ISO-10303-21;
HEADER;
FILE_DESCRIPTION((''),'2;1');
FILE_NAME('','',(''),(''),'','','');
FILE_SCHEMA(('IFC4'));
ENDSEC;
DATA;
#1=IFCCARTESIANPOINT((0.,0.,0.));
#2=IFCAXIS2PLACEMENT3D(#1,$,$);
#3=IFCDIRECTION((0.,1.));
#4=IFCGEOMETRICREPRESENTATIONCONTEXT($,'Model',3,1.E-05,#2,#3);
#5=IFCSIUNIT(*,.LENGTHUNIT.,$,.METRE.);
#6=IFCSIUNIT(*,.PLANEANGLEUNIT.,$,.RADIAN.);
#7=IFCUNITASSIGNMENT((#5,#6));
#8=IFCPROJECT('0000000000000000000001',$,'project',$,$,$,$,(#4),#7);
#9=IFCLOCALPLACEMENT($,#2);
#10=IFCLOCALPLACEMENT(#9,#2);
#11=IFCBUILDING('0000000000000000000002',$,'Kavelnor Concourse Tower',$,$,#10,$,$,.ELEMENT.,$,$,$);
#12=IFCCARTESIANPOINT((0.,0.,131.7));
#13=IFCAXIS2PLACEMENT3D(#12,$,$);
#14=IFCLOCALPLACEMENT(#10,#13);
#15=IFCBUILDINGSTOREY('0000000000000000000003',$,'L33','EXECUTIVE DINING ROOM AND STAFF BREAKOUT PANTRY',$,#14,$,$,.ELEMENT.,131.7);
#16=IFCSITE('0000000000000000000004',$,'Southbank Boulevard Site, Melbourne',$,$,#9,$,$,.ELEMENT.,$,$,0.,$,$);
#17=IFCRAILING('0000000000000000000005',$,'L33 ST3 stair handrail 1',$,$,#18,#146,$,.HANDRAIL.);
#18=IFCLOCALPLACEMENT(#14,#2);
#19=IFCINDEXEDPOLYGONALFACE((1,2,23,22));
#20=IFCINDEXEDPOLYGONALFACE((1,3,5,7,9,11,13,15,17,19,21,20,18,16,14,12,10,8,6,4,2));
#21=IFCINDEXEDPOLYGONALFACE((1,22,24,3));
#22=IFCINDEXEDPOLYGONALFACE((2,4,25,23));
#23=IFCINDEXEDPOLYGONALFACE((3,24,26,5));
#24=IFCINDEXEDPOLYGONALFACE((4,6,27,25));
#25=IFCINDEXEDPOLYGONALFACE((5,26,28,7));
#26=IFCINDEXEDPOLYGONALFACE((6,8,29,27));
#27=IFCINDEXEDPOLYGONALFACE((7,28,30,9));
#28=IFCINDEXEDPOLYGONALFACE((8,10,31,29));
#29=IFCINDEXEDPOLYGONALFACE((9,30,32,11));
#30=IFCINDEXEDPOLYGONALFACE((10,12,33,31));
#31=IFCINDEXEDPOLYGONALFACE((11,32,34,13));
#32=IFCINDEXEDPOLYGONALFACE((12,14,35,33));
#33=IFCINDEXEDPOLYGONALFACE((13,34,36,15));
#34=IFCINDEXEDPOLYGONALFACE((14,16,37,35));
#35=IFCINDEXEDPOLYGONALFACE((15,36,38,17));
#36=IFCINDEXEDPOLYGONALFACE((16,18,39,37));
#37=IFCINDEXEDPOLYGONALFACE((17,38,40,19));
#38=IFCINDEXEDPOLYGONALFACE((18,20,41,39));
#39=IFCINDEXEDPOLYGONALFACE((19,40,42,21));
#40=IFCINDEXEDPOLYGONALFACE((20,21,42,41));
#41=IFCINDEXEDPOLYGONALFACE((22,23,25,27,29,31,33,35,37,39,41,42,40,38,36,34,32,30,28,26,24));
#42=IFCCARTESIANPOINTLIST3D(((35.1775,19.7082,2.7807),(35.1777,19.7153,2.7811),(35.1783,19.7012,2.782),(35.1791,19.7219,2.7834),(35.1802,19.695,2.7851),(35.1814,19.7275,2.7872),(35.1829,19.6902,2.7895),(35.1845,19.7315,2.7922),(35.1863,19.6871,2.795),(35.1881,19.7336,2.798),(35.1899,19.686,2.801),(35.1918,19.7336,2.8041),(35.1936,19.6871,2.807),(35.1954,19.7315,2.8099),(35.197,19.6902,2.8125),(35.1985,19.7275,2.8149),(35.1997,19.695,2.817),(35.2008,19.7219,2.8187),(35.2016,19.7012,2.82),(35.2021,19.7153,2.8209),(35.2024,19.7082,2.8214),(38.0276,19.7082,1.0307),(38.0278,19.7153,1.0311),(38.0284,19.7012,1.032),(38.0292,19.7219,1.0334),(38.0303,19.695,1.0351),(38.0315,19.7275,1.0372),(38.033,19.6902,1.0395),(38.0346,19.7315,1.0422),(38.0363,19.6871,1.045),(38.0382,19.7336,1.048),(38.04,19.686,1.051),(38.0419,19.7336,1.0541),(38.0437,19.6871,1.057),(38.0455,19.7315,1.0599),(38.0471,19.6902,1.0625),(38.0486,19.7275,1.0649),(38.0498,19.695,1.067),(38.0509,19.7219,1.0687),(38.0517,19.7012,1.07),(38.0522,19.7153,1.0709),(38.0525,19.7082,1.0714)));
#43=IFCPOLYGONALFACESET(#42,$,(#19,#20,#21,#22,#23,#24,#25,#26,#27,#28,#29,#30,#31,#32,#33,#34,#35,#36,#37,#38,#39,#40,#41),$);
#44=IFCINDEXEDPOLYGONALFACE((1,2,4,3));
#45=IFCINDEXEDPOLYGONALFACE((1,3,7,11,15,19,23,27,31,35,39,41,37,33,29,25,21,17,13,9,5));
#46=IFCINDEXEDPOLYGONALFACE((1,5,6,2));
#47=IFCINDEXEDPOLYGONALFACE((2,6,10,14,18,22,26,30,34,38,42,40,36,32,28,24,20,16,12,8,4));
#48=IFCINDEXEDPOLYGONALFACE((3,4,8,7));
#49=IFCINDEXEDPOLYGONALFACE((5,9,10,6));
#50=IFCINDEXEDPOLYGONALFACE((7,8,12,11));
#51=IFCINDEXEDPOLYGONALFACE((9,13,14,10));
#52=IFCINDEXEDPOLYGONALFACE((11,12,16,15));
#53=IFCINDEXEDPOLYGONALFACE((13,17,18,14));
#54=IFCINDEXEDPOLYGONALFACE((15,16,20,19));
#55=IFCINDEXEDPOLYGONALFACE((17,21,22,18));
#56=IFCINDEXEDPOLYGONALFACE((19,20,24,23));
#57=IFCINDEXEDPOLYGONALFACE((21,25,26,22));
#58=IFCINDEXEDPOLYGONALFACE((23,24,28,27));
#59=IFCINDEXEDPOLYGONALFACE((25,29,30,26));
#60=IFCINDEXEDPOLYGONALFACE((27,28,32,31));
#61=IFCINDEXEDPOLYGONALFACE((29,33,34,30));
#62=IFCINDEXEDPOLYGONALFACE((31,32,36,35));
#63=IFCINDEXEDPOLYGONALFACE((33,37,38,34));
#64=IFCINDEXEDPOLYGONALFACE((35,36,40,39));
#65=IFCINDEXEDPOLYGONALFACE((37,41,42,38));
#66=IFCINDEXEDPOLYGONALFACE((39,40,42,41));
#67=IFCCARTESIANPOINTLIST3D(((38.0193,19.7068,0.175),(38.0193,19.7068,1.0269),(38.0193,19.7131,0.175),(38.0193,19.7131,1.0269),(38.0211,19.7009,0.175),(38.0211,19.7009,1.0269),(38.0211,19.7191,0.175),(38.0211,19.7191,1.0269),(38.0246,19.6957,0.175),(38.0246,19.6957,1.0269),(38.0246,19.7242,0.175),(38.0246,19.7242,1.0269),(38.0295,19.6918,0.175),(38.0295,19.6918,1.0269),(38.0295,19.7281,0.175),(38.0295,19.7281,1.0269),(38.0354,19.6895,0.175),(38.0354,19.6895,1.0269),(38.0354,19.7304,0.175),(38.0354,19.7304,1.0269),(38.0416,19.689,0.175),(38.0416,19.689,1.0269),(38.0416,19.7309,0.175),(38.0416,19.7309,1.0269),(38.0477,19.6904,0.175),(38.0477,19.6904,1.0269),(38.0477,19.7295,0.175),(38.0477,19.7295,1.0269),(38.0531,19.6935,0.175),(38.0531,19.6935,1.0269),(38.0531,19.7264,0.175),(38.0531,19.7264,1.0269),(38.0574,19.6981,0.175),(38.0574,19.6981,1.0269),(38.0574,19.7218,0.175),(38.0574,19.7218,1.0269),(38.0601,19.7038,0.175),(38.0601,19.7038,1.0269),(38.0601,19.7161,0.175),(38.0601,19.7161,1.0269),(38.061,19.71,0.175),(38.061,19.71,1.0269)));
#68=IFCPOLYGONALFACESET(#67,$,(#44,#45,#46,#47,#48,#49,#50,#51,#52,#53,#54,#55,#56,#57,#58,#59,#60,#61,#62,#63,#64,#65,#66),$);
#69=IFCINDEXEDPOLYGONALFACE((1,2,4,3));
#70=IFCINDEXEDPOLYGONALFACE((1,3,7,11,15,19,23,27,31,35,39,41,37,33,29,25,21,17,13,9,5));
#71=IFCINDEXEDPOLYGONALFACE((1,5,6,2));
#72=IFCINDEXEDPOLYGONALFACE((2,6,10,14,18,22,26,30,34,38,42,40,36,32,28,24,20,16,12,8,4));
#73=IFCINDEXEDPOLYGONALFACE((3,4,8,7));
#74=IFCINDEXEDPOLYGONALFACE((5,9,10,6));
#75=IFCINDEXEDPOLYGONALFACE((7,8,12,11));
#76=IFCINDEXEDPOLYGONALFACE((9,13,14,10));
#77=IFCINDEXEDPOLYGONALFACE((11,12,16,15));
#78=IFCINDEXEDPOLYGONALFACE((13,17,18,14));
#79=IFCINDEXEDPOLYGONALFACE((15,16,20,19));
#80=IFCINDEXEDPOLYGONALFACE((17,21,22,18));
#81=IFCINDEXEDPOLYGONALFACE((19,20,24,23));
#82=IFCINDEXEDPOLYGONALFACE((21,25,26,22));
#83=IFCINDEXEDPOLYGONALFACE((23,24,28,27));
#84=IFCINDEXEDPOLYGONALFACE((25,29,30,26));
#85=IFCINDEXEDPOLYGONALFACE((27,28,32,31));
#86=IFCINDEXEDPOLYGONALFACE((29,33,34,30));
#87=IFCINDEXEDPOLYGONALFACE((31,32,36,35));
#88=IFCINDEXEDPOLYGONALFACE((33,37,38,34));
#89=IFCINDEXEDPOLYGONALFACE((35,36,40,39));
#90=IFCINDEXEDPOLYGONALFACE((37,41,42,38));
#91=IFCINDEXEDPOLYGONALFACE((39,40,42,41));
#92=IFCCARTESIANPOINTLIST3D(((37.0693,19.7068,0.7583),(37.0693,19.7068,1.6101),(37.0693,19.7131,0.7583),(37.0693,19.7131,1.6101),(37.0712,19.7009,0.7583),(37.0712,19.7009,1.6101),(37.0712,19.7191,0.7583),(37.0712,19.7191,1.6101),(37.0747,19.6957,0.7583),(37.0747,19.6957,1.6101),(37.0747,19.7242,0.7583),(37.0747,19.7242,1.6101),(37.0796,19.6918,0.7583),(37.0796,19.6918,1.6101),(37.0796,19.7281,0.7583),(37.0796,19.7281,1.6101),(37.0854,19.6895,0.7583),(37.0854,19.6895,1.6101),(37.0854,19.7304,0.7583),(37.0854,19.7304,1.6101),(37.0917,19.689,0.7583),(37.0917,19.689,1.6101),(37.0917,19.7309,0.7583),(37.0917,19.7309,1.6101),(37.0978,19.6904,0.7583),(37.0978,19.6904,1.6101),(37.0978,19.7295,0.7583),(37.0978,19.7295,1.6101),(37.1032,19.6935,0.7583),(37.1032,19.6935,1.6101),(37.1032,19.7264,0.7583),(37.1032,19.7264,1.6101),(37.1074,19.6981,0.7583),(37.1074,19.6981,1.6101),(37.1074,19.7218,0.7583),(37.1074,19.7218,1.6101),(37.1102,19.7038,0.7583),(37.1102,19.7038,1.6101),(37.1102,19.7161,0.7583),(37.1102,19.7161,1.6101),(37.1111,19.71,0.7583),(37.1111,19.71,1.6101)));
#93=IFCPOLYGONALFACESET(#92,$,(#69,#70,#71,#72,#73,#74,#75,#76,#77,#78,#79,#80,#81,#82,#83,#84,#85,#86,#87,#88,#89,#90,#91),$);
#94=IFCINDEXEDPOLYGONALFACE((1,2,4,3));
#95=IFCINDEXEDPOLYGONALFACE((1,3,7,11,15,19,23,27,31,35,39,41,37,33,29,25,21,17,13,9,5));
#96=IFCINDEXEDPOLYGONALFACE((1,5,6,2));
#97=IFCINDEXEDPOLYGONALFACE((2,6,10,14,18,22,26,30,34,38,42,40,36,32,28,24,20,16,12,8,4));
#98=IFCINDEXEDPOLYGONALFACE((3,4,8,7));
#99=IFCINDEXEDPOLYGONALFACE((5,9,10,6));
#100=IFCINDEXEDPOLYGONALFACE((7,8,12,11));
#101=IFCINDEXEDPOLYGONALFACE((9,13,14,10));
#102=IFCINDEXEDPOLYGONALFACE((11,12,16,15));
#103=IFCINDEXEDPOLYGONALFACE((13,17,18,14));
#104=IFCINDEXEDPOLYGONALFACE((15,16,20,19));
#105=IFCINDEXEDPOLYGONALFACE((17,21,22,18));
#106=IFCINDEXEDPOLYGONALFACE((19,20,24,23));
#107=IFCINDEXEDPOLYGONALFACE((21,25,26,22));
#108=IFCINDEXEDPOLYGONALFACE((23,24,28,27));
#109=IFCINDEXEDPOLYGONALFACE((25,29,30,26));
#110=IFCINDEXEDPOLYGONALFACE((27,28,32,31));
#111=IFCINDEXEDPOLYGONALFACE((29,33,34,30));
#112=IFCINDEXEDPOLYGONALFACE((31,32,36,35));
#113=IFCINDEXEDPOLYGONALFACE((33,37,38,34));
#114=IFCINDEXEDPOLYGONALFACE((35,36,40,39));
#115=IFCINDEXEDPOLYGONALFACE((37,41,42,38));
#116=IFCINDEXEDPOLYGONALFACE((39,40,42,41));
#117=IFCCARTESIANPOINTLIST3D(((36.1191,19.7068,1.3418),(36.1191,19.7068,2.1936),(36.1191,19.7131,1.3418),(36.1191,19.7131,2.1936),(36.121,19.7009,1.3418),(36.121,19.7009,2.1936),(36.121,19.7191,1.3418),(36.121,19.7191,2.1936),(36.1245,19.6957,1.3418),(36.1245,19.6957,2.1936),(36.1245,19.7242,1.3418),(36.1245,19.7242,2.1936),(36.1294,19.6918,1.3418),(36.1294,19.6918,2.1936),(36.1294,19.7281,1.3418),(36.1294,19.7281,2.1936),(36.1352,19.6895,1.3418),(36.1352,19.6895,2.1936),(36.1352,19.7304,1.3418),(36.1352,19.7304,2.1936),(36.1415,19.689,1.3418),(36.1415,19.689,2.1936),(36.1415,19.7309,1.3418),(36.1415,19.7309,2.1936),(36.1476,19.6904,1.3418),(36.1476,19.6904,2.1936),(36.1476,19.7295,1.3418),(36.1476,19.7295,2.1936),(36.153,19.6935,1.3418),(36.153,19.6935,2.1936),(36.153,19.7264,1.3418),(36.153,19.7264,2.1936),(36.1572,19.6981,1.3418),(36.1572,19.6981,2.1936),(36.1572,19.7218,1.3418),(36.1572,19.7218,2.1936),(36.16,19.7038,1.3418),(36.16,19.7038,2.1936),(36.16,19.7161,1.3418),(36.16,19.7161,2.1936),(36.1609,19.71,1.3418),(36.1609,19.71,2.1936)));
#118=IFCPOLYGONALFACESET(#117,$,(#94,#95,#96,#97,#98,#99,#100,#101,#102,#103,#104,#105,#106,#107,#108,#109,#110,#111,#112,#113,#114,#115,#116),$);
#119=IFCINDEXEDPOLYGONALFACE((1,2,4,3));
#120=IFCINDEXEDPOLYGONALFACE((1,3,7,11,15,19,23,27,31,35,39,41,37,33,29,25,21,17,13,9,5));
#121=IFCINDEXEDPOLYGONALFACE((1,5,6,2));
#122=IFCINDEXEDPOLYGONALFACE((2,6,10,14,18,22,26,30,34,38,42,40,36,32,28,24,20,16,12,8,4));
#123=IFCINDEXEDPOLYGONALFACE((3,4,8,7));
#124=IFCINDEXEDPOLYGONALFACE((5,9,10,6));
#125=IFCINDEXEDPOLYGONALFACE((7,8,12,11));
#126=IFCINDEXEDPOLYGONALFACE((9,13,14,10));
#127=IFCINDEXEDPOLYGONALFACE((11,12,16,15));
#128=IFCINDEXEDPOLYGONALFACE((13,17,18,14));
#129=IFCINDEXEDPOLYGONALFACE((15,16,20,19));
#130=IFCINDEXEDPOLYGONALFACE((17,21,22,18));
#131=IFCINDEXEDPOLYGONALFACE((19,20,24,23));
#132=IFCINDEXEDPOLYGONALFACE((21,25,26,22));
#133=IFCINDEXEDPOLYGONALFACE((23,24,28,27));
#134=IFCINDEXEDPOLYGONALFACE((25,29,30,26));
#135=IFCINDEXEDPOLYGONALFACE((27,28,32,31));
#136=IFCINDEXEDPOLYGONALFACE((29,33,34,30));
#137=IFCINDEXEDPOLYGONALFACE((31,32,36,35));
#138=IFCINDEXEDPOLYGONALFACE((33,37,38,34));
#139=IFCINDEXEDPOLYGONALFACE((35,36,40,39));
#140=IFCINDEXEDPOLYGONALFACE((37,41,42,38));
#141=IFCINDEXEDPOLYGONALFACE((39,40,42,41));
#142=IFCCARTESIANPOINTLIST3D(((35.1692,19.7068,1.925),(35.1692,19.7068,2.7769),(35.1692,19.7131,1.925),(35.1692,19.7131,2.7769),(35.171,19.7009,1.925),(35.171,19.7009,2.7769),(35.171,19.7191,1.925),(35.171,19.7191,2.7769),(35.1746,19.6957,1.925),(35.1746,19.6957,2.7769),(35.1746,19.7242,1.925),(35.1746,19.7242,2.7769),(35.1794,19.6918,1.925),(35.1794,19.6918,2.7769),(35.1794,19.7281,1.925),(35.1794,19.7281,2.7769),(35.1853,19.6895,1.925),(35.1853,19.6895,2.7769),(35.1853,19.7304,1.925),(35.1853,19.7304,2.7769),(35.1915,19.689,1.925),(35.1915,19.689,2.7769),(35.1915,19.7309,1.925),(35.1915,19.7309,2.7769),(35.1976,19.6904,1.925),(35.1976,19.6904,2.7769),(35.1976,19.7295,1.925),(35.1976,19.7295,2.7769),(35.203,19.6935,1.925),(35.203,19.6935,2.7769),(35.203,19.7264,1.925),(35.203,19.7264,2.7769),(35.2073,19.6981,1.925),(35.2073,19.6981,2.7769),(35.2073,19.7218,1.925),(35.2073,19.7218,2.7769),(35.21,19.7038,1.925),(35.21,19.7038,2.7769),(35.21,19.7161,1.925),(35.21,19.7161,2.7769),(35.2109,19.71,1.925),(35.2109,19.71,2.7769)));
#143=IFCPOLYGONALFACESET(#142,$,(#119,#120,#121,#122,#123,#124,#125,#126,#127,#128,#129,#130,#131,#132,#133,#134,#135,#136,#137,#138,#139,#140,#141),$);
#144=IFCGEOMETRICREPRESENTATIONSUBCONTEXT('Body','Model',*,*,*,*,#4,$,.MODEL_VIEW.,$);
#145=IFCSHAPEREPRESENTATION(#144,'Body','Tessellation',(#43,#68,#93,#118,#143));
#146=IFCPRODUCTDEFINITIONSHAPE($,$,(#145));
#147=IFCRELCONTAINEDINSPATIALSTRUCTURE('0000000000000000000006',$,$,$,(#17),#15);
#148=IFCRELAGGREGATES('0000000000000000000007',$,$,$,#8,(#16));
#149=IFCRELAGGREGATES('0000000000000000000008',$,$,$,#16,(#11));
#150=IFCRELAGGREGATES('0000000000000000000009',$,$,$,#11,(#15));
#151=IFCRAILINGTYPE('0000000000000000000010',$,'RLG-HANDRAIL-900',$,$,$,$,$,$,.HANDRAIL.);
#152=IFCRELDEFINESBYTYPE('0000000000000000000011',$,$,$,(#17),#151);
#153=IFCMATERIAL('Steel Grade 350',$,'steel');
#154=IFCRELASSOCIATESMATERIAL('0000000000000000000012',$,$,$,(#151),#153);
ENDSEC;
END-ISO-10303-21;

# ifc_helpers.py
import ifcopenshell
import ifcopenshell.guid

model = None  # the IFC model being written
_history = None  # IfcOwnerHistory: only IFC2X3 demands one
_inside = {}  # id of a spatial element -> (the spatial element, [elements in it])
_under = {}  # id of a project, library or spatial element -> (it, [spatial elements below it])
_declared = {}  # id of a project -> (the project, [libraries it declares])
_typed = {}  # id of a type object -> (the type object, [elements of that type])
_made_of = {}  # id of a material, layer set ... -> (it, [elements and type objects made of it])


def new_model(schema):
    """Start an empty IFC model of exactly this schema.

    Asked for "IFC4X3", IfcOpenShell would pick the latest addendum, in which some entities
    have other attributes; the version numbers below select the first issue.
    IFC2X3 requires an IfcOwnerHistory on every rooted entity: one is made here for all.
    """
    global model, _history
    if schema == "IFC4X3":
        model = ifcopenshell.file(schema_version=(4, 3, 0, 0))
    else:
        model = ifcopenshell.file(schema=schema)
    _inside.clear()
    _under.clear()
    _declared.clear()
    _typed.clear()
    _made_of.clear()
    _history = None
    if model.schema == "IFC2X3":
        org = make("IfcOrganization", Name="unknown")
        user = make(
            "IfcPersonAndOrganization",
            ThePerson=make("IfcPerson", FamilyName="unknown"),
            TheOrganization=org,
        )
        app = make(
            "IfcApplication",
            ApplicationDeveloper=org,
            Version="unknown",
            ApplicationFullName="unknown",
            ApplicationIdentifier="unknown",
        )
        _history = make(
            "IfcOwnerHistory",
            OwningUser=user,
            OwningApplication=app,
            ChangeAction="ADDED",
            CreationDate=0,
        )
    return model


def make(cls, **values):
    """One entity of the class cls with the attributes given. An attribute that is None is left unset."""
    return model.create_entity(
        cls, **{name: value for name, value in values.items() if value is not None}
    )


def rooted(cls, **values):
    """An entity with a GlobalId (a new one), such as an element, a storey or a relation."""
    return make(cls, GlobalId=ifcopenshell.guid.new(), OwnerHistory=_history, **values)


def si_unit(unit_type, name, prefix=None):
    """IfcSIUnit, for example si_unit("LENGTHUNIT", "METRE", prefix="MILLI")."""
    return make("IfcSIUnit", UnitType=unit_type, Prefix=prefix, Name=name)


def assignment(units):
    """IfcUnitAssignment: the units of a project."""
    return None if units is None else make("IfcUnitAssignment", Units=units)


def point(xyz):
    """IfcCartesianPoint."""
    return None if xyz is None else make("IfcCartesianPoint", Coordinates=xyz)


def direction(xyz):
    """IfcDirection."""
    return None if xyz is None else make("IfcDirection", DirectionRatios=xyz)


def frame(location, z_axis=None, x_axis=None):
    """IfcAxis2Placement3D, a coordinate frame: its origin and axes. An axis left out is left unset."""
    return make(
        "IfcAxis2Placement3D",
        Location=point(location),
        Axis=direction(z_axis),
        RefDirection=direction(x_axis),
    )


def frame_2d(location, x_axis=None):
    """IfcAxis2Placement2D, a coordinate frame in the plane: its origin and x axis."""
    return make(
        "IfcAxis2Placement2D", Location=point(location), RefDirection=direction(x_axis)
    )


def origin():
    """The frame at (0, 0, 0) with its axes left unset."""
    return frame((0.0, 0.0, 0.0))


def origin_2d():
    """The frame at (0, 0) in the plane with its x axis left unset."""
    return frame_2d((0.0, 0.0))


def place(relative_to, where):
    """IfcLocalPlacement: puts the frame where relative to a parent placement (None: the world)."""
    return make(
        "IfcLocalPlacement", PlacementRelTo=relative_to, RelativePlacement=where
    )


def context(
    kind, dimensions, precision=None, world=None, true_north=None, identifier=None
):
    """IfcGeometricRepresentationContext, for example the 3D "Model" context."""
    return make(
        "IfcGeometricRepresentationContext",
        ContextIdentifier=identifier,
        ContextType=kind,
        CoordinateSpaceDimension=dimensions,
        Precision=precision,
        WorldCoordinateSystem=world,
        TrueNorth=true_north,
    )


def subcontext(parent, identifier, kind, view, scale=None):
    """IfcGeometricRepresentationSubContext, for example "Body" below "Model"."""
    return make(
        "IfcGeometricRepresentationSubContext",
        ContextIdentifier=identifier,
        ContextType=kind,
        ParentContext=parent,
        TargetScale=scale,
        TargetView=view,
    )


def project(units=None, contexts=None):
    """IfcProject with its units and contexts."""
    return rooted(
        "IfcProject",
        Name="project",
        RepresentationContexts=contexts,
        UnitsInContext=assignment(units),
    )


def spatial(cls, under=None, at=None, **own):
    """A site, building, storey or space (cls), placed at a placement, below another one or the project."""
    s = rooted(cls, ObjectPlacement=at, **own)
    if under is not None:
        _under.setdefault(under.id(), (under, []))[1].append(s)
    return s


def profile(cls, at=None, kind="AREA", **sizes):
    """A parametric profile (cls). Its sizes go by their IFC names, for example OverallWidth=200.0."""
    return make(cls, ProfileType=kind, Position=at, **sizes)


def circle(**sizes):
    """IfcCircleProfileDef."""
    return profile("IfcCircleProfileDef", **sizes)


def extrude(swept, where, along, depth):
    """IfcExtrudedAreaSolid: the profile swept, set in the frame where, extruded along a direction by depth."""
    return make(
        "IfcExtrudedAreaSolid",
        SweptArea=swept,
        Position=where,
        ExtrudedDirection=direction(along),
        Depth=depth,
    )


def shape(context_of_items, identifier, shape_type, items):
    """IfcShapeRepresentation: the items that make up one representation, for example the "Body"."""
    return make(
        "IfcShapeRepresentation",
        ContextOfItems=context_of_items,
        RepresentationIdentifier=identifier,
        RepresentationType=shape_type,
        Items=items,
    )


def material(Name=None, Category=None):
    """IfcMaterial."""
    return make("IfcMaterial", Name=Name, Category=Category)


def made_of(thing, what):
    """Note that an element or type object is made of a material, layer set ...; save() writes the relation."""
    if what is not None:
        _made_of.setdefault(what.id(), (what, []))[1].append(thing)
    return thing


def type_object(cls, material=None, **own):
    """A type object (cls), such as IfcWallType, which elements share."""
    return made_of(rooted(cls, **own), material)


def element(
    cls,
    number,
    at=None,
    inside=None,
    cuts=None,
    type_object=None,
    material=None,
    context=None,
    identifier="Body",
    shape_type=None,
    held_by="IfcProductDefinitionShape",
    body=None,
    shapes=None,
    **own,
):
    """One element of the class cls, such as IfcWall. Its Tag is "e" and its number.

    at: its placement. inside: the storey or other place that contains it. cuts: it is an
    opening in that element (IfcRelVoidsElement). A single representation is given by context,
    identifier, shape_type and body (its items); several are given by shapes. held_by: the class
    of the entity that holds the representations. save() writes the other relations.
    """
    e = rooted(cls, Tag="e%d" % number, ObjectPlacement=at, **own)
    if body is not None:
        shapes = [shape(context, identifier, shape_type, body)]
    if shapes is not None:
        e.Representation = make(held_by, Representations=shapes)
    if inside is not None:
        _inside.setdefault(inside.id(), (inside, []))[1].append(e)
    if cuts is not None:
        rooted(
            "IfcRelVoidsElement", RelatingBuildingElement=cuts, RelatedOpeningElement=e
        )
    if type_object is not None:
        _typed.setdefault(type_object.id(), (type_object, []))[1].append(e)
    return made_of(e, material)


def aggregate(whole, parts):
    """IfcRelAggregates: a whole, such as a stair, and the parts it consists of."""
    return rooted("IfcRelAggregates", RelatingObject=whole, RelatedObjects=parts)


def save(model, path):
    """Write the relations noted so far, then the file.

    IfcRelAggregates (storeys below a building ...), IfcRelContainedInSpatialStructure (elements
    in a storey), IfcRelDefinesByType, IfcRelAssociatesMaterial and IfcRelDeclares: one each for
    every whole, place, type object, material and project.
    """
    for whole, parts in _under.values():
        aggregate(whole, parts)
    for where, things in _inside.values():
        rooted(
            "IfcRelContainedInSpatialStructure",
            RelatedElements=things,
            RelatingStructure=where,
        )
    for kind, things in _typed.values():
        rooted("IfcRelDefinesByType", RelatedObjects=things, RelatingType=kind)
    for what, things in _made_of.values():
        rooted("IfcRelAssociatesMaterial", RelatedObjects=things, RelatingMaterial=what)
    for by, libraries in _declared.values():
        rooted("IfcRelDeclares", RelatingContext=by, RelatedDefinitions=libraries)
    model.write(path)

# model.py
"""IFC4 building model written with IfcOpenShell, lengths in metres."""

from ifc_helpers import new_model, si_unit, direction, frame, origin, origin_2d, place, context, subcontext, project, spatial, circle, extrude, material, type_object, element, save


model = new_model("IFC4")

# Units and contexts
model_context = context("Model", 3, precision=1e-05, world=origin(), true_north=direction((0.0, 1.0)))
body_context = subcontext(model_context, "Body", "Model", "MODEL_VIEW")
ifc_project = project(units=[si_unit("LENGTHUNIT", "METRE"), si_unit("PLANEANGLEUNIT", "RADIAN")], contexts=[model_context])

# Site, building, storey
site_placement = place(None, origin())
site = spatial("IfcSite", under=ifc_project, at=site_placement, Name="Southbank Boulevard Site, Melbourne", CompositionType="ELEMENT", RefElevation=0.0)
building_placement = place(site_placement, origin())
building = spatial("IfcBuilding", under=site, at=building_placement, Name="Kavelnor Concourse Tower", CompositionType="ELEMENT")
storey_placement = place(building_placement, frame((0.0, 0.0, 131.7)))
storey = spatial("IfcBuildingStorey", under=building, at=storey_placement, Name="L33", Description="EXECUTIVE DINING ROOM AND STAFF BREAKOUT PANTRY", CompositionType="ELEMENT", Elevation=131.7)

# Shared definitions
ifc_material_1 = material(Name="Steel Grade 350", Category="steel")

# Railing
railing_type_1 = type_object("IfcRailingType", Name="RLG-HANDRAIL-900", PredefinedType="HANDRAIL", material=ifc_material_1)
railing_1_placement = place(storey_placement, frame((38.04, 19.71, 0.175)))
element("IfcRailing", 1, at=railing_1_placement, inside=storey, type_object=railing_type_1, Name="L33 ST3 stair handrail 1", PredefinedType="HANDRAIL", context=body_context, shape_type="SweptSolid", body=[
    extrude(circle(Radius=0.0239, at=origin_2d()), frame((0.0, 0.0, 0.876), z_axis=(-0.852179, 0.0, 0.52325), x_axis=(0.0, -1.0, 0.0)), (0.0, 0.0, 1.0), 3.3445),
    extrude(circle(Radius=0.021, at=origin_2d()), origin(), (0.0, 0.0, 1.0), 0.8518),
    extrude(circle(Radius=0.021, at=origin_2d()), frame((-0.95, 0.0, 0.5833)), (0.0, 0.0, 1.0), 0.8518),
    extrude(circle(Radius=0.021, at=origin_2d()), frame((-1.9001, 0.0, 1.1667)), (0.0, 0.0, 1.0), 0.8518),
    extrude(circle(Radius=0.021, at=origin_2d()), frame((-2.8501, 0.0, 1.75)), (0.0, 0.0, 1.0), 0.8518),
])

save(model, "model.ifc")
